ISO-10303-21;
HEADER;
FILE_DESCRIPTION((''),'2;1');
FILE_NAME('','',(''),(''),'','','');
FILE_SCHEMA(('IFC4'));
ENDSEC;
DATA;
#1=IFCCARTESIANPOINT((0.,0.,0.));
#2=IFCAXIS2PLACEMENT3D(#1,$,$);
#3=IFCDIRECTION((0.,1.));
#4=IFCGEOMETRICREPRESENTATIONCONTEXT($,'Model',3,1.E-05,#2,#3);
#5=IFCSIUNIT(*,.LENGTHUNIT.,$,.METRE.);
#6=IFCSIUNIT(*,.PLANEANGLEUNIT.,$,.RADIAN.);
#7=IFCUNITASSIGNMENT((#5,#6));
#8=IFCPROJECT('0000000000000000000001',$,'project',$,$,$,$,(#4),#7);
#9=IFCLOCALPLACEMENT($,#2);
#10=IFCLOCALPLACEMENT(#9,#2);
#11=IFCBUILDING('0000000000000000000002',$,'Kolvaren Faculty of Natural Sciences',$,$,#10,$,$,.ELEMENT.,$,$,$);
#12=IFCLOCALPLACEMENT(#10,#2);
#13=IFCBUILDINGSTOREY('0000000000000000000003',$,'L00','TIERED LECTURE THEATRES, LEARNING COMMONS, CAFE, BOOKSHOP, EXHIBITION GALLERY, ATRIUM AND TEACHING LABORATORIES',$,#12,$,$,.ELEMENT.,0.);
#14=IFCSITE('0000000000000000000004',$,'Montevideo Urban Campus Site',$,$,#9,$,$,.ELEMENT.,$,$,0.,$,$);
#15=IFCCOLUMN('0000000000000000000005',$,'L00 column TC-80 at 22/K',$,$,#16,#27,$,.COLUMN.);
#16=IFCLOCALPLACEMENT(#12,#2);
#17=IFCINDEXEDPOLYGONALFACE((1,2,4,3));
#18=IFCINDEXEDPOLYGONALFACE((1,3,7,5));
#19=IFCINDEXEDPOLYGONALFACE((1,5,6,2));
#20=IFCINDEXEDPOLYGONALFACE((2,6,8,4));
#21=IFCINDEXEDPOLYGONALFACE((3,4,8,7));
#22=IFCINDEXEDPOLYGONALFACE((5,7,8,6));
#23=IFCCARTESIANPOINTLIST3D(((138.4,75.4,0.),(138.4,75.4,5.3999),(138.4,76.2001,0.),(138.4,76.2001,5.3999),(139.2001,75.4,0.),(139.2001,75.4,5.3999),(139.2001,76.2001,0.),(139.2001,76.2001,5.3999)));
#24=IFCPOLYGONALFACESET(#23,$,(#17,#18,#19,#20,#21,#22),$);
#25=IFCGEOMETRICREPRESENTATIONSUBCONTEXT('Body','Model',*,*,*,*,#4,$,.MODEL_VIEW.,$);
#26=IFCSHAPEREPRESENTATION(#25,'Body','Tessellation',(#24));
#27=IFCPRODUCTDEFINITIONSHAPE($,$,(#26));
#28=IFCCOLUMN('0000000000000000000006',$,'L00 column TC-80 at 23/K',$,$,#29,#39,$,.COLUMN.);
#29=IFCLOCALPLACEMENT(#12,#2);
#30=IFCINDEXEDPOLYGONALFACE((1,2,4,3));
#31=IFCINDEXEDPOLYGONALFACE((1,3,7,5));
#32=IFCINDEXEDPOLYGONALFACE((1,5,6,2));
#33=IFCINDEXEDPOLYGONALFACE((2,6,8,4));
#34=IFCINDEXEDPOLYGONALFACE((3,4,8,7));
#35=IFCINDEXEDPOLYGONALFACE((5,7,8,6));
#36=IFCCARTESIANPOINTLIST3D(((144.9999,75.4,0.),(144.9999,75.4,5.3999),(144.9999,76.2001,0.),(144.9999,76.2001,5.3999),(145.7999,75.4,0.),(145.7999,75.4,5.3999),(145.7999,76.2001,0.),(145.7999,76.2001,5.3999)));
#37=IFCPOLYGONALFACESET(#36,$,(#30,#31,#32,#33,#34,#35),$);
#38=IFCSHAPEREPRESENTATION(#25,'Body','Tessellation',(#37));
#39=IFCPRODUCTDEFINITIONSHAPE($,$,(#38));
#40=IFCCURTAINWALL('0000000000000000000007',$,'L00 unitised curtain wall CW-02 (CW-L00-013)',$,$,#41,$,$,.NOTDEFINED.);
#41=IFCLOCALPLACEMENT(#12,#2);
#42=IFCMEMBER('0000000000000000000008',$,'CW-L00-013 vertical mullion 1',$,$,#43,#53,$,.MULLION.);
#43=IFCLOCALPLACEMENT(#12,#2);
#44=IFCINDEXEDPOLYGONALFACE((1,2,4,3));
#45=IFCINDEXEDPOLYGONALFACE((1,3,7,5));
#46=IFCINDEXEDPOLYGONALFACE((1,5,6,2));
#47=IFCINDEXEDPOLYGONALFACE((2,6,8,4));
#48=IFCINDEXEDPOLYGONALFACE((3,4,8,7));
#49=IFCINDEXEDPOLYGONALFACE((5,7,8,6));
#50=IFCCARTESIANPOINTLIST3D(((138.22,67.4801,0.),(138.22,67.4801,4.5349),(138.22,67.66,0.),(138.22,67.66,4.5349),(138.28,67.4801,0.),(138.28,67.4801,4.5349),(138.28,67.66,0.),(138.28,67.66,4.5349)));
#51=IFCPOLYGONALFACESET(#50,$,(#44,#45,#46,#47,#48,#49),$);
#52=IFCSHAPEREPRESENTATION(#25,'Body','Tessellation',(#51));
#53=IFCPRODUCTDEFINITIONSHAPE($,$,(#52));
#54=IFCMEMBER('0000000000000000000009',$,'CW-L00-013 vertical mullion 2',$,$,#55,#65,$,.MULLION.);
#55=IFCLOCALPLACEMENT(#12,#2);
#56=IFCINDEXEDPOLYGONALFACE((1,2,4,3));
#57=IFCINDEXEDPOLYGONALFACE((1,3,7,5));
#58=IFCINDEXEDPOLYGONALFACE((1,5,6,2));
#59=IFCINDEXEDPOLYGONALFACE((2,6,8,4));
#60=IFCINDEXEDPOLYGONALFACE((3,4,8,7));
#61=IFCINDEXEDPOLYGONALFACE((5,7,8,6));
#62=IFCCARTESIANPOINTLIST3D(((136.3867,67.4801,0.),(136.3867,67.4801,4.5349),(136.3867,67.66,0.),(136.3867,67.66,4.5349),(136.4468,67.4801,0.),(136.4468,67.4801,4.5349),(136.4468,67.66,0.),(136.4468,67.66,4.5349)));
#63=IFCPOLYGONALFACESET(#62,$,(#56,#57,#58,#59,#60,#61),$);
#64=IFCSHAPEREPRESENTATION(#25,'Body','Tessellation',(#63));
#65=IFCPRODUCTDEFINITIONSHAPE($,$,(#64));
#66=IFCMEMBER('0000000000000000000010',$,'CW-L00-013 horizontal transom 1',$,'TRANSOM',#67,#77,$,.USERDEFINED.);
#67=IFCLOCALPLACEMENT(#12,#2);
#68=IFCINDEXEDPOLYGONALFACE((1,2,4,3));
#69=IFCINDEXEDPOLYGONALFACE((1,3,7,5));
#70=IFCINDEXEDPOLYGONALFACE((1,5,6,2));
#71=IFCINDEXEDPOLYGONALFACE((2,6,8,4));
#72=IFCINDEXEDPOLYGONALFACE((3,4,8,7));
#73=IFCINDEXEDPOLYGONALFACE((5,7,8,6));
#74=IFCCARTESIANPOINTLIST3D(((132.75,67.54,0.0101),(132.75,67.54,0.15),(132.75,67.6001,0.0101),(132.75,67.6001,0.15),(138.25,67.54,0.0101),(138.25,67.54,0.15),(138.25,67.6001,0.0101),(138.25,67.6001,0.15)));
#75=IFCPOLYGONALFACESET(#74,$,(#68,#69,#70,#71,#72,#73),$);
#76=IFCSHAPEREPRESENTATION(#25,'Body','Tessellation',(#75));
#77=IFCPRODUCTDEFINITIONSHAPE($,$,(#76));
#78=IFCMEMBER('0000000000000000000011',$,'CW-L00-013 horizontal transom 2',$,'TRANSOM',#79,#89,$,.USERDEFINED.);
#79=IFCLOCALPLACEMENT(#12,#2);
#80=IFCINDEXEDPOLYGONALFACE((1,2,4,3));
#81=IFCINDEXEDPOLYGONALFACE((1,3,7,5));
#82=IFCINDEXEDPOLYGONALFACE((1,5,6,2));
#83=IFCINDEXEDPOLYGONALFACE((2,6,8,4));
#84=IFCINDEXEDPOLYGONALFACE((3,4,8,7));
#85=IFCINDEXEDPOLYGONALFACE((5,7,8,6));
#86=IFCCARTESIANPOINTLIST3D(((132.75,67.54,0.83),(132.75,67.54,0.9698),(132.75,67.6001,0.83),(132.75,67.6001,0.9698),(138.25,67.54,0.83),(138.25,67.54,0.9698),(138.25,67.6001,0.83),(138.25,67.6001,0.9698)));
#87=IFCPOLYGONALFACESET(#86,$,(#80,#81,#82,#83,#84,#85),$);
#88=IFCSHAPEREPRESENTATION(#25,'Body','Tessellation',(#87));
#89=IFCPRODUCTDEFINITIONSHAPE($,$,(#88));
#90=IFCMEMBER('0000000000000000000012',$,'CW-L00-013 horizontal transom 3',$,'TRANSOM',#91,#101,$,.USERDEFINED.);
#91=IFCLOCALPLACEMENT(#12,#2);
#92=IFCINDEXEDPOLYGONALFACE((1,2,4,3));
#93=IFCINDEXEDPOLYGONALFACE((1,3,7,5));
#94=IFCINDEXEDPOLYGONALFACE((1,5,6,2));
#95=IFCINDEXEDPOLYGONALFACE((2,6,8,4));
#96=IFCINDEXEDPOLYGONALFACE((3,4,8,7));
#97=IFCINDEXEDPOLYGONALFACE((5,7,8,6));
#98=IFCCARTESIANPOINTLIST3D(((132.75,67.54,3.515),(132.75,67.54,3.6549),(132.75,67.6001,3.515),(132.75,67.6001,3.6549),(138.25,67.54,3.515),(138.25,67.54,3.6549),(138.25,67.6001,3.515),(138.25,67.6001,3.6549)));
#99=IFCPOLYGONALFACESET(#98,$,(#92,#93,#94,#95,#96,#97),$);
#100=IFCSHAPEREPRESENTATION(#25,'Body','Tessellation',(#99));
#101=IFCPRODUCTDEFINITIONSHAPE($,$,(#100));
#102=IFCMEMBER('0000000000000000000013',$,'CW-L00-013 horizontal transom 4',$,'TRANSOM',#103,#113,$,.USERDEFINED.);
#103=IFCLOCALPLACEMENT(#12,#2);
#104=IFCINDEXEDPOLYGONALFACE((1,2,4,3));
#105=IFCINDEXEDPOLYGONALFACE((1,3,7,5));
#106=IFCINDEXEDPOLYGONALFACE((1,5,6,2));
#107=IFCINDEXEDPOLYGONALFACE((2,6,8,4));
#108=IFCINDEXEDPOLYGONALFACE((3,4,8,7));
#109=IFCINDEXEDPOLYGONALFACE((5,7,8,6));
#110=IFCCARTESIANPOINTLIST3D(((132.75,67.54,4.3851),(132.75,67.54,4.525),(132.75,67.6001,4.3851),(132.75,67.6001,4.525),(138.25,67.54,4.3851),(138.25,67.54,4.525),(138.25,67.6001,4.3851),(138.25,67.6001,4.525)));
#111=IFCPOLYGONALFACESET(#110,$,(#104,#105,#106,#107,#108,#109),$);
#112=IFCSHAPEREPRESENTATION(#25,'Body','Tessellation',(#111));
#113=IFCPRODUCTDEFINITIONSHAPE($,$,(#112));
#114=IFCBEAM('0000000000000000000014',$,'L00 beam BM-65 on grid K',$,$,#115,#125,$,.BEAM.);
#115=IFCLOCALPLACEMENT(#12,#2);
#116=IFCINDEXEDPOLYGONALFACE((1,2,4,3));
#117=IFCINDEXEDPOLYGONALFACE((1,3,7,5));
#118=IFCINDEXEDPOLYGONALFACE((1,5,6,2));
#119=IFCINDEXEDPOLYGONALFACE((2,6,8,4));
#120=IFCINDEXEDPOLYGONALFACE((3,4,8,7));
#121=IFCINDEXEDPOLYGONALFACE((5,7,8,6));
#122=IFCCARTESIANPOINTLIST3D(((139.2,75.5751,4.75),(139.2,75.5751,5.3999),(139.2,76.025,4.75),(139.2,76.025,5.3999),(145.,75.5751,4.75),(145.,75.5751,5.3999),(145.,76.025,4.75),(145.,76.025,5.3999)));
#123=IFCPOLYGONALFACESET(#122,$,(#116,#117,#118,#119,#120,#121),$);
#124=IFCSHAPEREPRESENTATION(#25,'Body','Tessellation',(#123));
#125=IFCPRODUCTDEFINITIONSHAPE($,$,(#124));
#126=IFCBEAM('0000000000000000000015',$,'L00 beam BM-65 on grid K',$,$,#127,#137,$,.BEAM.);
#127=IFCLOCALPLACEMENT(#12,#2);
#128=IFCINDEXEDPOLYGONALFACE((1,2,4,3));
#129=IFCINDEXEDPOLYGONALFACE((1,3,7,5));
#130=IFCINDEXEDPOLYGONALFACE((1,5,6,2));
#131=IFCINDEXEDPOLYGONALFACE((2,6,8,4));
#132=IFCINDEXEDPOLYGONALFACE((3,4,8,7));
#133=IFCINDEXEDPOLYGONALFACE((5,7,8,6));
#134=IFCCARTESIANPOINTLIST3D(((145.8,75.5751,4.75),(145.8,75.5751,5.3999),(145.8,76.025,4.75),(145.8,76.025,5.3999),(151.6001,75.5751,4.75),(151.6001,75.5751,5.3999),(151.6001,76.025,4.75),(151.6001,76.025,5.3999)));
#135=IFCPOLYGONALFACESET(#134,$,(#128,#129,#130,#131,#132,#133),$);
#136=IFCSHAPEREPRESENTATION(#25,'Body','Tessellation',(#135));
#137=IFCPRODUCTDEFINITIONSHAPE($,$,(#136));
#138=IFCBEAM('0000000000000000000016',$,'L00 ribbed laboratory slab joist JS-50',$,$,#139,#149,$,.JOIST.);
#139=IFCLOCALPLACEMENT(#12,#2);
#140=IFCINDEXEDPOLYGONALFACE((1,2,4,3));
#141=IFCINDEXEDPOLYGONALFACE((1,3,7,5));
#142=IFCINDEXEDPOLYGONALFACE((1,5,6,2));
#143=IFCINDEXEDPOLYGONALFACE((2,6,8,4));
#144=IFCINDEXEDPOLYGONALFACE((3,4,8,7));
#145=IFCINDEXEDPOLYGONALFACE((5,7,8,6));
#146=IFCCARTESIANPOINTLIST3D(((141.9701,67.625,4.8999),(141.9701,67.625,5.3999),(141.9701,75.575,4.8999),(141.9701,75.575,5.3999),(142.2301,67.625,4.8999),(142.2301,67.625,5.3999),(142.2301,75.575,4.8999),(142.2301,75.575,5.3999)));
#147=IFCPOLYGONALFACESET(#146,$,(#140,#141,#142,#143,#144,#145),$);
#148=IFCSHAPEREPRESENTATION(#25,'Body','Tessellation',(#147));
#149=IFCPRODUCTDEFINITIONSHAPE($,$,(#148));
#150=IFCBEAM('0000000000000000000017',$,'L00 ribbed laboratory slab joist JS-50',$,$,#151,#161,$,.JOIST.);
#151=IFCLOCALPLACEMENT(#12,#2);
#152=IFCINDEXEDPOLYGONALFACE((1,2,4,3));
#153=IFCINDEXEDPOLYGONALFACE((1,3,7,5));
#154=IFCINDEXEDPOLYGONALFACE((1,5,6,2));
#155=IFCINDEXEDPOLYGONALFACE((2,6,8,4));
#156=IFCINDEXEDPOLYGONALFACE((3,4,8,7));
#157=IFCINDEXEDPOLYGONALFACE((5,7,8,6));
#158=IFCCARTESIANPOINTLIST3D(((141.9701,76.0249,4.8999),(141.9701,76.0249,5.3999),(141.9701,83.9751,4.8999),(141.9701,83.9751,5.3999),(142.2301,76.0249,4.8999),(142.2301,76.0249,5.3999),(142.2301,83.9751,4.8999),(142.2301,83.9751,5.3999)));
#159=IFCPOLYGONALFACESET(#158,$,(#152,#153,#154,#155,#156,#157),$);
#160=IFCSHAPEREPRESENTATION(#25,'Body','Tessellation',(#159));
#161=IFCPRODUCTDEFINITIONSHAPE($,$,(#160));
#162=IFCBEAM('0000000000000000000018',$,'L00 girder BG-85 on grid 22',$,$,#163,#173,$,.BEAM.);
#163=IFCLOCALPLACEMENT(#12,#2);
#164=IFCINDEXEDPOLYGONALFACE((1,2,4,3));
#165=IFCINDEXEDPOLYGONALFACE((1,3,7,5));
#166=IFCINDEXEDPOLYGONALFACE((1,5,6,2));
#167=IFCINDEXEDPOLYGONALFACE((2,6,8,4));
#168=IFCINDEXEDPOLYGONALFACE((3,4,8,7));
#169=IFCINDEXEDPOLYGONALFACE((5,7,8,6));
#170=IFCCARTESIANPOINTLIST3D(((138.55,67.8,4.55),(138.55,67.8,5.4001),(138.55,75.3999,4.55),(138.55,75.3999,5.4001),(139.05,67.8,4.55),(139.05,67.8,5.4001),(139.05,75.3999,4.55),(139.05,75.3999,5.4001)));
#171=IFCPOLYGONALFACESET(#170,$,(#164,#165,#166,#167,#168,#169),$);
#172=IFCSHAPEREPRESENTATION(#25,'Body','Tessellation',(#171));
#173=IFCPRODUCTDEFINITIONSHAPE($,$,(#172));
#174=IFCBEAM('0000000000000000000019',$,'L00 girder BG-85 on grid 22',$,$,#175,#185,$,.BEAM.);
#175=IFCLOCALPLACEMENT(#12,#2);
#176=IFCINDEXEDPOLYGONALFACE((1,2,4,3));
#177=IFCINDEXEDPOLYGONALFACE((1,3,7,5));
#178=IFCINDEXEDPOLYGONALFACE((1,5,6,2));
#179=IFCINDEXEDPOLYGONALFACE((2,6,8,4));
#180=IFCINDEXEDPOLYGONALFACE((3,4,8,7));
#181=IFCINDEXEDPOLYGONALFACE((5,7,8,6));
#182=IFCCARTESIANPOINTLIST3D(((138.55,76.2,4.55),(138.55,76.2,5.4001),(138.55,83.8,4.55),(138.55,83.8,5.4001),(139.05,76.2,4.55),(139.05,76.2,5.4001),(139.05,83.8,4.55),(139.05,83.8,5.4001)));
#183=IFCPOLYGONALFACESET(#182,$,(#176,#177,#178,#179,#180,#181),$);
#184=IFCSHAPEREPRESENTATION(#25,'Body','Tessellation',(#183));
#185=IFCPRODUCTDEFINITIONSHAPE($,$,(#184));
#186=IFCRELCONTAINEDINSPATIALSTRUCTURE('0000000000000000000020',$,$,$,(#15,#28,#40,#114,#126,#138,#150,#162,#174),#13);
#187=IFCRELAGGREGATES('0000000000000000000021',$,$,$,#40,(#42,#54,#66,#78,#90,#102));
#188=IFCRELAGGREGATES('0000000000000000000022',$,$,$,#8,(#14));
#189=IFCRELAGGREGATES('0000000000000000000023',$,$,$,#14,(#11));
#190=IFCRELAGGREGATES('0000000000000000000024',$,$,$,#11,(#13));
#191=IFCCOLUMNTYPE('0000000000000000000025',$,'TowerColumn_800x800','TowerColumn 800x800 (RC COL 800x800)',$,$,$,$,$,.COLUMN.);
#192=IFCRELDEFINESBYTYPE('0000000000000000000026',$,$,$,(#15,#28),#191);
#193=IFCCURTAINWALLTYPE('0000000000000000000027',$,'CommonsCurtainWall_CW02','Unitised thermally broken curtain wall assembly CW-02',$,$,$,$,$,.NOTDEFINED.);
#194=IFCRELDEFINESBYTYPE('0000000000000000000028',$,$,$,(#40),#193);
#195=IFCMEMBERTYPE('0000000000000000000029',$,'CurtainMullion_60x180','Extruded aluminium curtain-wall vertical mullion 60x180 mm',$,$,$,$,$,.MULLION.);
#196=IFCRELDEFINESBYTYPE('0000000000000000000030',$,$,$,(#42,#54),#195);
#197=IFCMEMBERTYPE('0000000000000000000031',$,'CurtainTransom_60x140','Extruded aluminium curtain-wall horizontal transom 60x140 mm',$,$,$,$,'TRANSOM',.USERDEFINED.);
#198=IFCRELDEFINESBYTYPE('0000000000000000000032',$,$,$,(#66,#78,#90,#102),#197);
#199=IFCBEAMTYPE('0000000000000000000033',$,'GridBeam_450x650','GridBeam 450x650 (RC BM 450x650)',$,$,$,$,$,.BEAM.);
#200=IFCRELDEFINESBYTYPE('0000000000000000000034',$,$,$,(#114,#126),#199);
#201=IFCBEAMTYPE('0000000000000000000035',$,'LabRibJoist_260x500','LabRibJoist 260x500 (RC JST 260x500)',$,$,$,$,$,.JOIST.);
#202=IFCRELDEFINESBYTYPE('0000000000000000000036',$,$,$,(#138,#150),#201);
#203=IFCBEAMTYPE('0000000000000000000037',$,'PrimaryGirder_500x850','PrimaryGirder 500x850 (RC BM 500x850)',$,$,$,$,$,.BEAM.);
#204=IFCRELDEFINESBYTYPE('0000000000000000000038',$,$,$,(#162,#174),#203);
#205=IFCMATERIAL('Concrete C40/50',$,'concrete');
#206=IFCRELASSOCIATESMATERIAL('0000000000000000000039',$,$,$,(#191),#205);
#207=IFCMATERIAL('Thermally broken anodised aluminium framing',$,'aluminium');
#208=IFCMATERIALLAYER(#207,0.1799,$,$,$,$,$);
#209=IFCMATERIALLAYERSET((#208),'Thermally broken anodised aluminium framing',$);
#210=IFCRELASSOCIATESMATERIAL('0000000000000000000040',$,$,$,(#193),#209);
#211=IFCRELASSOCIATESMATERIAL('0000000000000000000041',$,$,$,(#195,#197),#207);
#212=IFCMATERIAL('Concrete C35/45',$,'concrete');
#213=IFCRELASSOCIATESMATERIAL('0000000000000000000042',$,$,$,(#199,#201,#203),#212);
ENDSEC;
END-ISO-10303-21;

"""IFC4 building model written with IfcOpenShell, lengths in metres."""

from ifc_helpers import new_model, si_unit, direction, frame, origin, origin_2d, place, context, subcontext, project, spatial, rectangle, extrude, material, layer, layer_set, material_profile, profile_set, type_object, element, aggregate, save


model = new_model("IFC4")

# Units and contexts
model_context = context("Model", 3, precision=1e-05, world=origin(), true_north=direction((0.0, 1.0)))
body_context = subcontext(model_context, "Body", "Model", "MODEL_VIEW")
ifc_project = project(units=[si_unit("LENGTHUNIT", "METRE"), si_unit("PLANEANGLEUNIT", "RADIAN")], contexts=[model_context])

# Site, building, storey
site_placement = place(None, origin())
site = spatial("IfcSite", under=ifc_project, at=site_placement, Name="Montevideo Urban Campus Site", CompositionType="ELEMENT", RefElevation=0.0)
building_placement = place(site_placement, origin())
building = spatial("IfcBuilding", under=site, at=building_placement, Name="Kolvaren Faculty of Natural Sciences", CompositionType="ELEMENT")
storey_placement = place(building_placement, origin())
storey = spatial("IfcBuildingStorey", under=building, at=storey_placement, Name="L00", Description="TIERED LECTURE THEATRES, LEARNING COMMONS, CAFE, BOOKSHOP, EXHIBITION GALLERY, ATRIUM AND TEACHING LABORATORIES", CompositionType="ELEMENT", Elevation=0.0)

# Columns
ifc_material_1 = material(Name="Concrete C40/50", Category="concrete")
ifc_material_profile_1 = material_profile(ifc_material_1, rectangle(XDim=0.8, YDim=0.8, at=origin_2d()), Name="RC COL 800x800")
ifc_profile_set_1 = profile_set([ifc_material_profile_1], Name="Concrete C40/50")
column_type = type_object("IfcColumnType", Name="TowerColumn_800x800", Description="TowerColumn 800x800 (RC COL 800x800)", PredefinedType="COLUMN", material=ifc_profile_set_1)
for number, where, z_axis, x_axis, name in (
    (1, (138.8, 75.8, 0.0), (0.0, 0.0, 1.0), (1.0, 0.0, 0.0), "L00 column TC-80 at 22/K"),
    (2, (145.3999, 75.8, 0.0), (0.0, 0.0, 1.0), (1.0, 0.0, 0.0), "L00 column TC-80 at 23/K"),
):
    element("IfcColumn", number, at=place(storey_placement, frame(where, z_axis=z_axis, x_axis=x_axis)), inside=storey, type_object=column_type, Name=name, PredefinedType="COLUMN", context=body_context, shape_type="SweptSolid", body=[
        extrude(rectangle(XDim=0.8, YDim=0.8, at=origin_2d()), origin(), (0.0, 0.0, 1.0), 5.3999),
    ])

# Curtain wall, members
ifc_material_2 = material(Name="Thermally broken anodised aluminium framing", Category="aluminium")
ifc_layer_1 = layer(ifc_material_2, 0.1799)
ifc_layer_set_1 = layer_set([ifc_layer_1], Name="Thermally broken anodised aluminium framing")
curtain_wall_type = type_object("IfcCurtainWallType", Name="CommonsCurtainWall_CW02", Description="Unitised thermally broken curtain wall assembly CW-02", PredefinedType="NOTDEFINED", material=ifc_layer_set_1)
curtain_wall_placement = place(storey_placement, origin())
curtain_wall = element("IfcCurtainWall", 3, at=curtain_wall_placement, inside=storey, type_object=curtain_wall_type, Name="L00 unitised curtain wall CW-02 (CW-L00-013)", PredefinedType="NOTDEFINED")
ifc_material_profile_2 = material_profile(ifc_material_2, rectangle(XDim=0.0601, YDim=0.1799, at=origin_2d()), Name="ALU MUL 60x180")
ifc_profile_set_2 = profile_set([ifc_material_profile_2], Name="Thermally broken anodised aluminium framing")
member_type_1 = type_object("IfcMemberType", Name="CurtainMullion_60x180", Description="Extruded aluminium curtain-wall vertical mullion 60x180 mm", PredefinedType="MULLION", material=ifc_profile_set_2)
member_1_placement = place(storey_placement, frame((138.25, 67.5701, 0.0), z_axis=(0.0, 0.0, 1.0), x_axis=(-1.0, 0.0, 0.0)))
member_1 = element("IfcMember", 4, at=member_1_placement, type_object=member_type_1, Name="CW-L00-013 vertical mullion 1", PredefinedType="MULLION", context=body_context, shape_type="SweptSolid", body=[
    extrude(rectangle(XDim=0.0601, YDim=0.1799, at=origin_2d()), origin(), (0.0, 0.0, 1.0), 4.5349),
])
member_2_placement = place(storey_placement, frame((136.4167, 67.5701, 0.0), z_axis=(0.0, 0.0, 1.0), x_axis=(-1.0, 0.0, 0.0)))
member_2 = element("IfcMember", 5, at=member_2_placement, type_object=member_type_1, Name="CW-L00-013 vertical mullion 2", PredefinedType="MULLION", context=body_context, shape_type="SweptSolid", body=[
    extrude(rectangle(XDim=0.0601, YDim=0.1799, at=origin_2d()), origin(), (0.0, 0.0, 1.0), 4.5349),
])
ifc_material_profile_3 = material_profile(ifc_material_2, rectangle(XDim=0.0601, YDim=0.1399, at=origin_2d()), Name="ALU TRN 60x140")
ifc_profile_set_3 = profile_set([ifc_material_profile_3], Name="Thermally broken anodised aluminium framing")
member_type_2 = type_object("IfcMemberType", Name="CurtainTransom_60x140", Description="Extruded aluminium curtain-wall horizontal transom 60x140 mm", ElementType="TRANSOM", PredefinedType="USERDEFINED", material=ifc_profile_set_3)
member_3_placement = place(storey_placement, frame((138.25, 67.5701, 0.0801), z_axis=(-1.0, 0.0, 0.0), x_axis=(0.0, -1.0, 0.0)))
member_3 = element("IfcMember", 6, at=member_3_placement, type_object=member_type_2, Name="CW-L00-013 horizontal transom 1", ObjectType="TRANSOM", PredefinedType="USERDEFINED", context=body_context, shape_type="SweptSolid", body=[
    extrude(rectangle(XDim=0.0601, YDim=0.1399, at=origin_2d()), origin(), (0.0, 0.0, 1.0), 5.5),
])
member_4_placement = place(storey_placement, frame((138.25, 67.5701, 0.8999), z_axis=(-1.0, 0.0, 0.0), x_axis=(0.0, -1.0, 0.0)))
member_4 = element("IfcMember", 7, at=member_4_placement, type_object=member_type_2, Name="CW-L00-013 horizontal transom 2", ObjectType="TRANSOM", PredefinedType="USERDEFINED", context=body_context, shape_type="SweptSolid", body=[
    extrude(rectangle(XDim=0.0601, YDim=0.1399, at=origin_2d()), origin(), (0.0, 0.0, 1.0), 5.5),
])
member_5_placement = place(storey_placement, frame((138.25, 67.5701, 3.585), z_axis=(-1.0, 0.0, 0.0), x_axis=(0.0, -1.0, 0.0)))
member_5 = element("IfcMember", 8, at=member_5_placement, type_object=member_type_2, Name="CW-L00-013 horizontal transom 3", ObjectType="TRANSOM", PredefinedType="USERDEFINED", context=body_context, shape_type="SweptSolid", body=[
    extrude(rectangle(XDim=0.0601, YDim=0.1399, at=origin_2d()), origin(), (0.0, 0.0, 1.0), 5.5),
])
member_6_placement = place(storey_placement, frame((138.25, 67.5701, 4.4551), z_axis=(-1.0, 0.0, 0.0), x_axis=(0.0, -1.0, 0.0)))
member_6 = element("IfcMember", 9, at=member_6_placement, type_object=member_type_2, Name="CW-L00-013 horizontal transom 4", ObjectType="TRANSOM", PredefinedType="USERDEFINED", context=body_context, shape_type="SweptSolid", body=[
    extrude(rectangle(XDim=0.0601, YDim=0.1399, at=origin_2d()), origin(), (0.0, 0.0, 1.0), 5.5),
])

# Beams
ifc_material_3 = material(Name="Concrete C35/45", Category="concrete")
ifc_material_profile_4 = material_profile(ifc_material_3, rectangle(XDim=0.45, YDim=0.6499, at=origin_2d()), Name="RC BM 450x650")
ifc_profile_set_4 = profile_set([ifc_material_profile_4], Name="Concrete C35/45")
beam_type_1 = type_object("IfcBeamType", Name="GridBeam_450x650", Description="GridBeam 450x650 (RC BM 450x650)", PredefinedType="BEAM", material=ifc_profile_set_4)
for number, where, z_axis, x_axis, name in (
    (10, (139.2, 75.8, 5.075), (1.0, 0.0, 0.0), (0.0, 1.0, 0.0), "L00 beam BM-65 on grid K"),
    (11, (145.8, 75.8, 5.075), (1.0, 0.0, 0.0), (0.0, 1.0, 0.0), "L00 beam BM-65 on grid K"),
):
    element("IfcBeam", number, at=place(storey_placement, frame(where, z_axis=z_axis, x_axis=x_axis)), inside=storey, type_object=beam_type_1, Name=name, PredefinedType="BEAM", context=body_context, shape_type="SweptSolid", body=[
        extrude(rectangle(XDim=0.45, YDim=0.6499, at=origin_2d()), origin(), (0.0, 0.0, 1.0), 5.8),
    ])
ifc_material_profile_5 = material_profile(ifc_material_3, rectangle(XDim=0.26, YDim=0.5, at=origin_2d()), Name="RC JST 260x500")
ifc_profile_set_5 = profile_set([ifc_material_profile_5], Name="Concrete C35/45")
beam_type_2 = type_object("IfcBeamType", Name="LabRibJoist_260x500", Description="LabRibJoist 260x500 (RC JST 260x500)", PredefinedType="JOIST", material=ifc_profile_set_5)
beam_1_placement = place(storey_placement, frame((142.1001, 67.625, 5.1499), z_axis=(0.0, 1.0, 0.0), x_axis=(-1.0, 0.0, 0.0)))
element("IfcBeam", 12, at=beam_1_placement, inside=storey, type_object=beam_type_2, Name="L00 ribbed laboratory slab joist JS-50", PredefinedType="JOIST", context=body_context, shape_type="SweptSolid", body=[
    extrude(rectangle(XDim=0.26, YDim=0.5, at=origin_2d()), origin(), (0.0, 0.0, 1.0), 7.95),
])
beam_2_placement = place(storey_placement, frame((142.1001, 76.0249, 5.1499), z_axis=(0.0, 1.0, 0.0), x_axis=(-1.0, 0.0, 0.0)))
element("IfcBeam", 13, at=beam_2_placement, inside=storey, type_object=beam_type_2, Name="L00 ribbed laboratory slab joist JS-50", PredefinedType="JOIST", context=body_context, shape_type="SweptSolid", body=[
    extrude(rectangle(XDim=0.26, YDim=0.5, at=origin_2d()), origin(), (0.0, 0.0, 1.0), 7.9502),
])
ifc_material_profile_6 = material_profile(ifc_material_3, rectangle(XDim=0.5, YDim=0.8501, at=origin_2d()), Name="RC BM 500x850")
ifc_profile_set_6 = profile_set([ifc_material_profile_6], Name="Concrete C35/45")
beam_type_3 = type_object("IfcBeamType", Name="PrimaryGirder_500x850", Description="PrimaryGirder 500x850 (RC BM 500x850)", PredefinedType="BEAM", material=ifc_profile_set_6)
beam_3_placement = place(storey_placement, frame((138.8, 67.8, 4.9751), z_axis=(0.0, 1.0, 0.0), x_axis=(-1.0, 0.0, 0.0)))
element("IfcBeam", 14, at=beam_3_placement, inside=storey, type_object=beam_type_3, Name="L00 girder BG-85 on grid 22", PredefinedType="BEAM", context=body_context, shape_type="SweptSolid", body=[
    extrude(rectangle(XDim=0.5, YDim=0.8501, at=origin_2d()), origin(), (0.0, 0.0, 1.0), 7.5999),
])
beam_4_placement = place(storey_placement, frame((138.8, 76.2, 4.9751), z_axis=(0.0, 1.0, 0.0), x_axis=(-1.0, 0.0, 0.0)))
element("IfcBeam", 15, at=beam_4_placement, inside=storey, type_object=beam_type_3, Name="L00 girder BG-85 on grid 22", PredefinedType="BEAM", context=body_context, shape_type="SweptSolid", body=[
    extrude(rectangle(XDim=0.5, YDim=0.8501, at=origin_2d()), origin(), (0.0, 0.0, 1.0), 7.6001),
])

aggregate(curtain_wall, [member_1, member_2, member_3, member_4, member_5, member_6])

save(model, "model.ifc")
